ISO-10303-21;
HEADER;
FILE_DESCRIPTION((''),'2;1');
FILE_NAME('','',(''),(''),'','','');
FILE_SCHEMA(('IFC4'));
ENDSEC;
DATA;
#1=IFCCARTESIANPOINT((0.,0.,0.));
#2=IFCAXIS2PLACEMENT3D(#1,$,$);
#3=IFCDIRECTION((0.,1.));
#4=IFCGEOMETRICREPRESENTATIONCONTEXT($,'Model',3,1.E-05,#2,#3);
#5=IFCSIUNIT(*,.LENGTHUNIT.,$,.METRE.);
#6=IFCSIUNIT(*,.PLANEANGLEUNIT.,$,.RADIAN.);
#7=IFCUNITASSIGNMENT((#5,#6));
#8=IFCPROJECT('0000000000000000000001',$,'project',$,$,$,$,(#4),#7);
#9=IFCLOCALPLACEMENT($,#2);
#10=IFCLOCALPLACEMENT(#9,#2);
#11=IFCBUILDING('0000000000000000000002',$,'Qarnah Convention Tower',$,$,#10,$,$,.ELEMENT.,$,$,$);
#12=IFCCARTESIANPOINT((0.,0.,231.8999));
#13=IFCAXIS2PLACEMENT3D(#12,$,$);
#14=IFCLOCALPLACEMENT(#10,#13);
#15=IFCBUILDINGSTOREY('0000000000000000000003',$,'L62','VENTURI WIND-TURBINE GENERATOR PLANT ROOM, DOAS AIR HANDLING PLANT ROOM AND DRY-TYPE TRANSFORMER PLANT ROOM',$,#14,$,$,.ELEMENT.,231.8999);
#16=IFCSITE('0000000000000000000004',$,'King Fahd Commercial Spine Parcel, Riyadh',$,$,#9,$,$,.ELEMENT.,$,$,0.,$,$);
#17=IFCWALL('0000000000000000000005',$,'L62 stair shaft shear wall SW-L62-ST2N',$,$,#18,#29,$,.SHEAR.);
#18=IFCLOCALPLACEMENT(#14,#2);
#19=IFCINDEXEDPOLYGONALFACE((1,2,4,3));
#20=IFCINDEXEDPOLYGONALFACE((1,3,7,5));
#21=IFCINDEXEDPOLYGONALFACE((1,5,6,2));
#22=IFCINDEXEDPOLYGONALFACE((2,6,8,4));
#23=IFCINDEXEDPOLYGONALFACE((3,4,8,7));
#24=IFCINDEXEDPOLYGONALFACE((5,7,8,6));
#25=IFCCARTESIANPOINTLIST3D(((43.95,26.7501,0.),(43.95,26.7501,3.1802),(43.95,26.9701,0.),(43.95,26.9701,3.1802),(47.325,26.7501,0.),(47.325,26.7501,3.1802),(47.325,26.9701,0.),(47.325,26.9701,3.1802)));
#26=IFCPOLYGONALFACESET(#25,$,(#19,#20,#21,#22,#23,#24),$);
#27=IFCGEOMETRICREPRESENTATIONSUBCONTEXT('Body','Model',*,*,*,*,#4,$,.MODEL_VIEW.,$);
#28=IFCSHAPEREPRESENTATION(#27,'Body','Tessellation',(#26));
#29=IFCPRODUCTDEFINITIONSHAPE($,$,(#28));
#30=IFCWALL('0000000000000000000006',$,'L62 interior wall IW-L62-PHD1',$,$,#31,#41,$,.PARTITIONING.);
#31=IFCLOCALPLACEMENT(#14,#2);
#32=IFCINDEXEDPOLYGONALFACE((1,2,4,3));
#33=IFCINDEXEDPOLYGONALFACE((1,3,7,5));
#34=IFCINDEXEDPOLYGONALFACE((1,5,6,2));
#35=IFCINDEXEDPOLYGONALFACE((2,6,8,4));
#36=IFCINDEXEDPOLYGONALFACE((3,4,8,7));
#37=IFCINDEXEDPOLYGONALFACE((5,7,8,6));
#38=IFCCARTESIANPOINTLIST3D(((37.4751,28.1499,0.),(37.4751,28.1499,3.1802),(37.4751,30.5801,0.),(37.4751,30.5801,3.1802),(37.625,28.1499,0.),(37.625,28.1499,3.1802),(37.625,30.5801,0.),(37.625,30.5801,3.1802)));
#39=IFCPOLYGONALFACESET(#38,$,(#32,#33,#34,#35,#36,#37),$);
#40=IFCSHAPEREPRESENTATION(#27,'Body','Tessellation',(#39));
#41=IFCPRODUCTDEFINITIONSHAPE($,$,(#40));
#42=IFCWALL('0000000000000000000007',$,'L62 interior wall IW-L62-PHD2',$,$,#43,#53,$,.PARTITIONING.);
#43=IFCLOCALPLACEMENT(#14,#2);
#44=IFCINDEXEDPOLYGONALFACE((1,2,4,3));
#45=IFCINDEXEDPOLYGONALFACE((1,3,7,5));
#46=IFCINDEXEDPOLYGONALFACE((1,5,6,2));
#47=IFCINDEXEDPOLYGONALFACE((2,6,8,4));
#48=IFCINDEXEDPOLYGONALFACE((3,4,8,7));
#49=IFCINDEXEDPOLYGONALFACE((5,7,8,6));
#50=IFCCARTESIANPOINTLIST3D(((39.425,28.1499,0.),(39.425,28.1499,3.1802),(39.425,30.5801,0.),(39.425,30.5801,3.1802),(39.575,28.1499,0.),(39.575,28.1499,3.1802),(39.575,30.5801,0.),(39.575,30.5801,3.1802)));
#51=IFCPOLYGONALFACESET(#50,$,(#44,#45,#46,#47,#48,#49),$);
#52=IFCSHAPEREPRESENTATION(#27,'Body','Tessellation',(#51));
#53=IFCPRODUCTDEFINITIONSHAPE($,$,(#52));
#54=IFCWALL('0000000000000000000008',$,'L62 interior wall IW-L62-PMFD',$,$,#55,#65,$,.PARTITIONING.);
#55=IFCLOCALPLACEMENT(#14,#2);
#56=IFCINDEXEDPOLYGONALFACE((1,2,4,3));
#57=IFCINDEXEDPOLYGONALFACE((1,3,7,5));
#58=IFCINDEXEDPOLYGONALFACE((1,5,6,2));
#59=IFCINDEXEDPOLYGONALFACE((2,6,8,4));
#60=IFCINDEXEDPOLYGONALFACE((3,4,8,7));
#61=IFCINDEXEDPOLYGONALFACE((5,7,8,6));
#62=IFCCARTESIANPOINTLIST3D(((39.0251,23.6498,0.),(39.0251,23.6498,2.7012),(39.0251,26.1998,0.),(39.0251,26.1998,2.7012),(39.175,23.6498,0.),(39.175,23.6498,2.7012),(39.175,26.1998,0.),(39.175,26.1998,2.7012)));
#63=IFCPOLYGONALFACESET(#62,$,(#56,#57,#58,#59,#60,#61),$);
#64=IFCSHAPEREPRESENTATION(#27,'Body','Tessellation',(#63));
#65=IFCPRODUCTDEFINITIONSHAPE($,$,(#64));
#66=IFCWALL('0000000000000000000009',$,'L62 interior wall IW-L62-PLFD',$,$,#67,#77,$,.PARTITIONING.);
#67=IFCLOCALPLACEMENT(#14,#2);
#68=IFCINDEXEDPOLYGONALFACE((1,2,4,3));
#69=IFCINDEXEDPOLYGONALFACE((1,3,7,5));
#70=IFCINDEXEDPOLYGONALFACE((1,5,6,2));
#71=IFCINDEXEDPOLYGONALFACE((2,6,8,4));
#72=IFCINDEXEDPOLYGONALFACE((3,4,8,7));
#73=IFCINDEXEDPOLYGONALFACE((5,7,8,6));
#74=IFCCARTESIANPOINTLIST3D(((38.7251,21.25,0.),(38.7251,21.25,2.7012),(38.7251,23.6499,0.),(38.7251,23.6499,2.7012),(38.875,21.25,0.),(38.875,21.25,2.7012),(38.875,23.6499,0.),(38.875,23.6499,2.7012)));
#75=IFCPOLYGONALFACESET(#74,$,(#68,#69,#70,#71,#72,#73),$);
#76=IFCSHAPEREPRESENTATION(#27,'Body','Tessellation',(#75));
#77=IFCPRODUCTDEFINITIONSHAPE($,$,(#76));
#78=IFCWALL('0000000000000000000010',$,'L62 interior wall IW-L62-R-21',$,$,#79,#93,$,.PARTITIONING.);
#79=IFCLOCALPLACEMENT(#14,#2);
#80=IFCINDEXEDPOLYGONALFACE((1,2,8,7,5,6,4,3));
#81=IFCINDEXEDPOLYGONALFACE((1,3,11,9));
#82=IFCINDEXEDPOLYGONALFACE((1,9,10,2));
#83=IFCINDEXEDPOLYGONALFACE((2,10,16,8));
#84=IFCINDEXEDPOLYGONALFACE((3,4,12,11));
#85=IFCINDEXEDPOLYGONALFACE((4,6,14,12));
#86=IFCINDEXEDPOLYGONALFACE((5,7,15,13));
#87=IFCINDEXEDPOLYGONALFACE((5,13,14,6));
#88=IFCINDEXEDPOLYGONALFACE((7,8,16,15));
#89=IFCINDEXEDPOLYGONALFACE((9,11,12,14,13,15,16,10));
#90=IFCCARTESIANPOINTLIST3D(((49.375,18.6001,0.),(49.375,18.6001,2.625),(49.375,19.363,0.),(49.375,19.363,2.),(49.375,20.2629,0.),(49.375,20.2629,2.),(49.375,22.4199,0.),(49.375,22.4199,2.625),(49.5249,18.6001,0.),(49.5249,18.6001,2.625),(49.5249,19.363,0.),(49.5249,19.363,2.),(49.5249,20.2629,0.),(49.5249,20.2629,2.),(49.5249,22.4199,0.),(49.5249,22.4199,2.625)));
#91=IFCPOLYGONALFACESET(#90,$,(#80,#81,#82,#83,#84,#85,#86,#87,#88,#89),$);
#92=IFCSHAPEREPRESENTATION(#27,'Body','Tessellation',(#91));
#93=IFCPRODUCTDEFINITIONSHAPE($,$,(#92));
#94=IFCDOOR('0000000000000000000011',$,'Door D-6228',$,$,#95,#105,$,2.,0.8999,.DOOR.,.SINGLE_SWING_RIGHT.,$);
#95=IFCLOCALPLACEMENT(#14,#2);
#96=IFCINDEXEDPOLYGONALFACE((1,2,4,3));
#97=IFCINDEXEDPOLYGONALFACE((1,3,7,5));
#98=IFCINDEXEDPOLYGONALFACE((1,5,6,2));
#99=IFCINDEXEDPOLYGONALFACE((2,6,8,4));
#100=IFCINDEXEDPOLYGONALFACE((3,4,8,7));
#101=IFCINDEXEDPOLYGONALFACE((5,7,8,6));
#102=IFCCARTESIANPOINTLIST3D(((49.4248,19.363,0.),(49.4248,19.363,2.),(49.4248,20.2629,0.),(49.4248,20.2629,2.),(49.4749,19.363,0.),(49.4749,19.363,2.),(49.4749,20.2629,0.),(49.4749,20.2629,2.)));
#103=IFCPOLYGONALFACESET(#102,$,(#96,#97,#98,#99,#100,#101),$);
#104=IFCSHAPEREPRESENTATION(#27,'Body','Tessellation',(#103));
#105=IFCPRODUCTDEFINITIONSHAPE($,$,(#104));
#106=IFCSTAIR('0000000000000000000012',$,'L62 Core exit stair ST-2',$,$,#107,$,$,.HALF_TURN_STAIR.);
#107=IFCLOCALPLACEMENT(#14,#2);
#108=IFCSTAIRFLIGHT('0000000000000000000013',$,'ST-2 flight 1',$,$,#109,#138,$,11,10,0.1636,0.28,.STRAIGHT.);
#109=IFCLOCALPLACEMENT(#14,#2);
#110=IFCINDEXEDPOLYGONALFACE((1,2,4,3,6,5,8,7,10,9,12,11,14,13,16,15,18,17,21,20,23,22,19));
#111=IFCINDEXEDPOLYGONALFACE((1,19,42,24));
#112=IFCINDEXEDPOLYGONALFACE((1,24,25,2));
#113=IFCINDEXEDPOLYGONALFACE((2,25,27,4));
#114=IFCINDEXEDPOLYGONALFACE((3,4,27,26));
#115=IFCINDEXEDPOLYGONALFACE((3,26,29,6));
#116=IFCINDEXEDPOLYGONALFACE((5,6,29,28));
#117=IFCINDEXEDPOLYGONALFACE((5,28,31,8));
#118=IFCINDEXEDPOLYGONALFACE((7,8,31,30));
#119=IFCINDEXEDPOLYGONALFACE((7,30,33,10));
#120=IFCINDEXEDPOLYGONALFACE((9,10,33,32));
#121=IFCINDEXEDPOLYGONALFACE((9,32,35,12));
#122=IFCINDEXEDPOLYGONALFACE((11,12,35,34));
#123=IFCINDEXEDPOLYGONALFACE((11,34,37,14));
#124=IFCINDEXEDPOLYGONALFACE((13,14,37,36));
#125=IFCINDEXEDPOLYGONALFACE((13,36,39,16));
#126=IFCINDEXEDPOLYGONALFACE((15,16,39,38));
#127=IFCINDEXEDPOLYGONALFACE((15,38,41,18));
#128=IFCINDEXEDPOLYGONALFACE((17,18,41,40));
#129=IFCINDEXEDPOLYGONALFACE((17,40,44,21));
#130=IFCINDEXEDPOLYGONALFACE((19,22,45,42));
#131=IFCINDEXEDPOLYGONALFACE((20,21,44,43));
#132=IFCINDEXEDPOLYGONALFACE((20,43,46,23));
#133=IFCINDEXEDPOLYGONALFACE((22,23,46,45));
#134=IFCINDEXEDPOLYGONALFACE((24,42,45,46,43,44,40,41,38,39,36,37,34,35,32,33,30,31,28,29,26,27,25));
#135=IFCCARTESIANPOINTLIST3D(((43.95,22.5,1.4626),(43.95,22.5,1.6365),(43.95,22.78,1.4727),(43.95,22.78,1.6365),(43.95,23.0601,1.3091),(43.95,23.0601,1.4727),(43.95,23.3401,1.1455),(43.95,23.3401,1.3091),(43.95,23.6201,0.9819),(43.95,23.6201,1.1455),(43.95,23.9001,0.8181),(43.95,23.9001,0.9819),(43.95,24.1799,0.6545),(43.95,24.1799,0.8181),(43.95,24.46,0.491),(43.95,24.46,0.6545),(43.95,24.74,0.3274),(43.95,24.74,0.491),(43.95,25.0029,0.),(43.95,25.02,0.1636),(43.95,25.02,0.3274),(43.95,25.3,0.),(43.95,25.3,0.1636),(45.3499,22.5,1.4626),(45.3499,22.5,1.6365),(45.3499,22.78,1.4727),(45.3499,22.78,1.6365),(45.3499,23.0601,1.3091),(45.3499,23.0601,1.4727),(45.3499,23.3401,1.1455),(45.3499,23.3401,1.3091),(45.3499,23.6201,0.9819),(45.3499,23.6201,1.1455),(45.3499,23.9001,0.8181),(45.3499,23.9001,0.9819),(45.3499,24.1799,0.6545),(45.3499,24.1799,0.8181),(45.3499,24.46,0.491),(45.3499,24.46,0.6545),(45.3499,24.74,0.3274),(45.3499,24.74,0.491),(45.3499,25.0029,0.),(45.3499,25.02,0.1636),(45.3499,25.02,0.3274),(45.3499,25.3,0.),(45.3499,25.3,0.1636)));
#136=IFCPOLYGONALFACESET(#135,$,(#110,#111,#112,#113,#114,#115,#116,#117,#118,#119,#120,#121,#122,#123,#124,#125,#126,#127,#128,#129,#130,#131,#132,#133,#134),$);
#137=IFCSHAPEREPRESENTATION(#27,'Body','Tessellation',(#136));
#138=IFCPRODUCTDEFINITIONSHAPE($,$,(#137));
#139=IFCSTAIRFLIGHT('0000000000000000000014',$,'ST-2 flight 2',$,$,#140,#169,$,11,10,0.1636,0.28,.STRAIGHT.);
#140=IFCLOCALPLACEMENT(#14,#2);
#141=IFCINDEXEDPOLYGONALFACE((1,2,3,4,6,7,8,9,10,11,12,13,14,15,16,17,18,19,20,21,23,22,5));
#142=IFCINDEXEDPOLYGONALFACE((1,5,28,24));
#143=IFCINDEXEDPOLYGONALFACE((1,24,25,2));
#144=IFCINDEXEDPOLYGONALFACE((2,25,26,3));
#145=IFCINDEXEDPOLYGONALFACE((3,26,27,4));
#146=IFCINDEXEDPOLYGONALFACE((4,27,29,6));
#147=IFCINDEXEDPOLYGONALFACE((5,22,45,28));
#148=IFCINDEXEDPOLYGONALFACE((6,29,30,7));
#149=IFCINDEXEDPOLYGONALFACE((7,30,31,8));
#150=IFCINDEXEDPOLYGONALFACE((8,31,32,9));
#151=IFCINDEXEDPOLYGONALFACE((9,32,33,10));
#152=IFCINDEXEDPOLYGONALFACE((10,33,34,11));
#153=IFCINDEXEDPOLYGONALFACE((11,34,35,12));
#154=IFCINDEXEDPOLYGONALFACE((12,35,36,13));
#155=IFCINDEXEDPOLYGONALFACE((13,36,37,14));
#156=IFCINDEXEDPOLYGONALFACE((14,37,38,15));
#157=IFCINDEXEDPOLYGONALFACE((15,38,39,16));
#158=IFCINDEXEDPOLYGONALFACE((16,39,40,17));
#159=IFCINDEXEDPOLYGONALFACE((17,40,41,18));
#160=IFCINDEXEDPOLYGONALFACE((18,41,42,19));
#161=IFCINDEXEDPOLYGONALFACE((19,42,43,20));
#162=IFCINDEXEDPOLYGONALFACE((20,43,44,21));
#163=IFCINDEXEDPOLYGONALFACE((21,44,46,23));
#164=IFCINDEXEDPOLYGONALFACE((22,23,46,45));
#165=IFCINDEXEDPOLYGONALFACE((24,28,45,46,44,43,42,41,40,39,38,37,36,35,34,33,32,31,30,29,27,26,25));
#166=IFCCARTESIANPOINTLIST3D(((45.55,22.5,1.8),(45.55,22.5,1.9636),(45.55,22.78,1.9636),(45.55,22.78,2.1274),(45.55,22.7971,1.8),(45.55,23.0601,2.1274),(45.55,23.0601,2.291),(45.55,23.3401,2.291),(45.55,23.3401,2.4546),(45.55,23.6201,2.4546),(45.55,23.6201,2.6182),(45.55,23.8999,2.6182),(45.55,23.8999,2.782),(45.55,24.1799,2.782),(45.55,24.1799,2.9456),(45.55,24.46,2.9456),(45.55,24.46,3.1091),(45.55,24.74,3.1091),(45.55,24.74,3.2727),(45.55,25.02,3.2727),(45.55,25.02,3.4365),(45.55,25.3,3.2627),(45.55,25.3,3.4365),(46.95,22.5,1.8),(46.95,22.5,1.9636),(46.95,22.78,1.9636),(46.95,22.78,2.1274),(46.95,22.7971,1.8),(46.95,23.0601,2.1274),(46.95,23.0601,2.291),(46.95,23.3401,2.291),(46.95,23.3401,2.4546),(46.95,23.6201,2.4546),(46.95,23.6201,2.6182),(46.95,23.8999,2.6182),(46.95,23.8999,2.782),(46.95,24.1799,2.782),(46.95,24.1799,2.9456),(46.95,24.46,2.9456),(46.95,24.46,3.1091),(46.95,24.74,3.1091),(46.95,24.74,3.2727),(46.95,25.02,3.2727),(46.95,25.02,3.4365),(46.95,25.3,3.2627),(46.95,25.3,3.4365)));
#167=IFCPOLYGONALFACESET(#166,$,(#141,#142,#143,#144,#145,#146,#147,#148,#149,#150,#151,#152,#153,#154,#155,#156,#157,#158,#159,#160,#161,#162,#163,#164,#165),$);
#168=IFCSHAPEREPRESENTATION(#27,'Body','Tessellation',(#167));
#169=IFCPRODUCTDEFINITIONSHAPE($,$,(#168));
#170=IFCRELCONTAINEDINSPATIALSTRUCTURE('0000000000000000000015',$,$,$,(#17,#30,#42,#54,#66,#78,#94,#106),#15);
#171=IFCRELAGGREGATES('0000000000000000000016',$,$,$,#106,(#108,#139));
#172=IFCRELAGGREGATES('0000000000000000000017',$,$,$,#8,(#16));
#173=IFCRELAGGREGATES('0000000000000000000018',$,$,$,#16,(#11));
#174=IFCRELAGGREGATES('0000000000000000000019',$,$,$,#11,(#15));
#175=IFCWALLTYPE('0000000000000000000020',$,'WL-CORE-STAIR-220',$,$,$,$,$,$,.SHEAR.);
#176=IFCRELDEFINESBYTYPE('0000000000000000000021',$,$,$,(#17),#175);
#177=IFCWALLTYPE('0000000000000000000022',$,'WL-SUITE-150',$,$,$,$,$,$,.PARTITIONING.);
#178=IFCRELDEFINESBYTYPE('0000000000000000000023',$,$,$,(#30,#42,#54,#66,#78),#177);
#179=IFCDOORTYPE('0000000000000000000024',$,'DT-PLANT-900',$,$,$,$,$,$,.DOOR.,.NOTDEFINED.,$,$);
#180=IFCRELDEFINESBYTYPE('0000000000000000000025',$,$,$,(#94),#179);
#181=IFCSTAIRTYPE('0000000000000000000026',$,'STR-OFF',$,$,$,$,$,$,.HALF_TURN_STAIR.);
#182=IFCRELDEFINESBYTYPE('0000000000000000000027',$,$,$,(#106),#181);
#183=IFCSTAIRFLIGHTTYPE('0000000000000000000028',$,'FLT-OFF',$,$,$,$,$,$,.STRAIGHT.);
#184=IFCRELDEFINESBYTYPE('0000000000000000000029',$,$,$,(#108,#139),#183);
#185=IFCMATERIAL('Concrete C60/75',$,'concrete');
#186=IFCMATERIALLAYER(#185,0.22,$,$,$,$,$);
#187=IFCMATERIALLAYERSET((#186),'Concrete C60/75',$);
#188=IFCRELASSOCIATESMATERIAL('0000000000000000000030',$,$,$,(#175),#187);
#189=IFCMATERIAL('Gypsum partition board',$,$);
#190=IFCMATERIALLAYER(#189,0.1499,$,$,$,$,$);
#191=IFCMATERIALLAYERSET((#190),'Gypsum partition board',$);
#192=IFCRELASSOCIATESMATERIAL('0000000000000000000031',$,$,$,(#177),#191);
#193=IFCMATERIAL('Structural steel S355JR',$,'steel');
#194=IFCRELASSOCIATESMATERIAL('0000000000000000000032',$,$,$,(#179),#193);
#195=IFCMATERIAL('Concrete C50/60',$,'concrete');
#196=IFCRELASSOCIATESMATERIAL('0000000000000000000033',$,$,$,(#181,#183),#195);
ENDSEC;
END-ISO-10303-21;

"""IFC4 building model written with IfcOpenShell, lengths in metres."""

from ifc_helpers import new_model, si_unit, direction, frame, frame_2d, origin, place, context, subcontext, project, spatial, polyline, rectangle, outline, extrude, material, layer, layer_set, type_object, element, fill, aggregate, save


model = new_model("IFC4")

# Units and contexts
model_context = context("Model", 3, precision=1e-05, world=origin(), true_north=direction((0.0, 1.0)))
body_context = subcontext(model_context, "Body", "Model", "MODEL_VIEW")
ifc_project = project(units=[si_unit("LENGTHUNIT", "METRE"), si_unit("PLANEANGLEUNIT", "RADIAN")], contexts=[model_context])

# Site, building, storey
site_placement = place(None, origin())
site = spatial("IfcSite", under=ifc_project, at=site_placement, Name="King Fahd Commercial Spine Parcel, Riyadh", CompositionType="ELEMENT", RefElevation=0.0)
building_placement = place(site_placement, origin())
building = spatial("IfcBuilding", under=site, at=building_placement, Name="Qarnah Convention Tower", CompositionType="ELEMENT")
storey_placement = place(building_placement, frame((0.0, 0.0, 231.8999)))
storey = spatial("IfcBuildingStorey", under=building, at=storey_placement, Name="L62", Description="VENTURI WIND-TURBINE GENERATOR PLANT ROOM, DOAS AIR HANDLING PLANT ROOM AND DRY-TYPE TRANSFORMER PLANT ROOM", CompositionType="ELEMENT", Elevation=231.8999)

# Shared definitions
ifc_material_1 = material(Name="Concrete C50/60", Category="concrete")

# Shared definitions
ifc_material_2 = material(Name="Structural steel S355JR", Category="steel")

# Walls
ifc_material_3 = material(Name="Concrete C60/75", Category="concrete")
ifc_layer_1 = layer(ifc_material_3, 0.22)
ifc_layer_set_1 = layer_set([ifc_layer_1], Name="Concrete C60/75")
wall_type_1 = type_object("IfcWallType", Name="WL-CORE-STAIR-220", PredefinedType="SHEAR", material=ifc_layer_set_1)
wall_1_placement = place(storey_placement, frame((43.95, 26.8601, 0.0), z_axis=(0.0, 0.0, 1.0), x_axis=(1.0, 0.0, 0.0)))
element("IfcWall", 1, at=wall_1_placement, inside=storey, type_object=wall_type_1, Name="L62 stair shaft shear wall SW-L62-ST2N", PredefinedType="SHEAR", context=body_context, shape_type="SweptSolid", body=[
    extrude(rectangle(XDim=3.375, YDim=0.22, at=frame_2d((1.6875, 0.0))), origin(), (0.0, 0.0, 1.0), 3.1802),
])
ifc_material_4 = material(Name="Gypsum partition board")
ifc_layer_2 = layer(ifc_material_4, 0.1499)
ifc_layer_set_2 = layer_set([ifc_layer_2], Name="Gypsum partition board")
wall_type_2 = type_object("IfcWallType", Name="WL-SUITE-150", PredefinedType="PARTITIONING", material=ifc_layer_set_2)
for number, where, z_axis, x_axis, name in (
    (2, (37.55, 28.1499, 0.0), (0.0, 0.0, 1.0), (0.0, 1.0, 0.0), "L62 interior wall IW-L62-PHD1"),
    (3, (39.5, 28.1499, 0.0), (0.0, 0.0, 1.0), (0.0, 1.0, 0.0), "L62 interior wall IW-L62-PHD2"),
):
    element("IfcWall", number, at=place(storey_placement, frame(where, z_axis=z_axis, x_axis=x_axis)), inside=storey, type_object=wall_type_2, Name=name, PredefinedType="PARTITIONING", context=body_context, shape_type="SweptSolid", body=[
        extrude(rectangle(XDim=2.4302, YDim=0.1499, at=frame_2d((1.2151, 0.0))), origin(), (0.0, 0.0, 1.0), 3.1802),
    ])
wall_2_placement = place(storey_placement, frame((39.1001, 23.6499, 0.0), z_axis=(0.0, 0.0, 1.0), x_axis=(0.0, 1.0, 0.0)))
element("IfcWall", 4, at=wall_2_placement, inside=storey, type_object=wall_type_2, Name="L62 interior wall IW-L62-PMFD", PredefinedType="PARTITIONING", context=body_context, shape_type="SweptSolid", body=[
    extrude(rectangle(XDim=2.55, YDim=0.1499, at=frame_2d((1.2749, 0.0))), origin(), (0.0, 0.0, 1.0), 2.7012),
])
wall_3_placement = place(storey_placement, frame((38.8, 21.25, 0.0), z_axis=(0.0, 0.0, 1.0), x_axis=(0.0, 1.0, 0.0)))
element("IfcWall", 5, at=wall_3_placement, inside=storey, type_object=wall_type_2, Name="L62 interior wall IW-L62-PLFD", PredefinedType="PARTITIONING", context=body_context, shape_type="SweptSolid", body=[
    extrude(rectangle(XDim=2.3999, YDim=0.1499, at=frame_2d((1.2, 0.0))), origin(), (0.0, 0.0, 1.0), 2.7012),
])

# Wall, opening, door
wall_4_placement = place(storey_placement, frame((49.45, 22.4199, 0.0), z_axis=(0.0, 0.0, 1.0), x_axis=(0.0, -1.0, 0.0)))
wall_4 = element("IfcWall", 6, at=wall_4_placement, inside=storey, type_object=wall_type_2, Name="L62 interior wall IW-L62-R-21", PredefinedType="PARTITIONING", context=body_context, shape_type="SweptSolid", body=[
    extrude(rectangle(XDim=3.8198, YDim=0.1499, at=frame_2d((1.9099, 0.0))), origin(), (0.0, 0.0, 1.0), 2.625),
])
opening_placement = place(wall_4_placement, frame((2.157, 0.0, 0.0)))
opening = element("IfcOpeningElement", 7, at=opening_placement, cuts=wall_4, PredefinedType="OPENING", context=body_context, shape_type="SweptSolid", body=[
    extrude(rectangle(XDim=0.8999, YDim=2.0, at=frame_2d((0.45, 1.0))), frame((0.0, 0.085, 0.0), z_axis=(0.0, -1.0, 0.0), x_axis=(1.0, 0.0, 0.0)), (0.0, 0.0, 1.0), 0.1699),
])
door_type = type_object("IfcDoorType", Name="DT-PLANT-900", OperationType="NOTDEFINED", PredefinedType="DOOR", material=ifc_material_2)
door_placement = place(opening_placement, origin())
door = element("IfcDoor", 8, at=door_placement, inside=storey, type_object=door_type, Name="Door D-6228", OperationType="SINGLE_SWING_RIGHT", OverallHeight=2.0, OverallWidth=0.8999, PredefinedType="DOOR", context=body_context, shape_type="SweptSolid", body=[
    extrude(rectangle(XDim=0.8999, YDim=2.0, at=frame_2d((0.45, 1.0))), frame((0.0, 0.0249, 0.0), z_axis=(0.0, -1.0, 0.0), x_axis=(1.0, 0.0, 0.0)), (0.0, 0.0, 1.0), 0.05),
])
fill(opening, door)

# Stair, stair flights
stair_type = type_object("IfcStairType", Name="STR-OFF", PredefinedType="HALF_TURN_STAIR", material=ifc_material_1)
stair_placement = place(storey_placement, origin())
stair = element("IfcStair", 9, at=stair_placement, inside=storey, type_object=stair_type, Name="L62 Core exit stair ST-2", PredefinedType="HALF_TURN_STAIR")
stair_flight_type = type_object("IfcStairFlightType", Name="FLT-OFF", PredefinedType="STRAIGHT", material=ifc_material_1)
stair_flight_1_placement = place(storey_placement, frame((44.6499, 25.3, 0.0), z_axis=(0.0, 0.0, 1.0), x_axis=(0.0, -1.0, 0.0)))
stair_flight_1 = element("IfcStairFlight", 10, at=stair_flight_1_placement, type_object=stair_flight_type, Name="ST-2 flight 1", NumberOfRisers=11, NumberOfTreads=10, PredefinedType="STRAIGHT", RiserHeight=0.1636, TreadLength=0.28, context=body_context, shape_type="SweptSolid", body=[
    extrude(outline(polyline([(0.0, 0.0), (0.0, 0.1636), (0.28, 0.1636), (0.28, 0.3274), (0.5601, 0.3274), (0.5601, 0.491), (0.8401, 0.491), (0.8401, 0.6545), (1.1201, 0.6545), (1.1201, 0.8181), (1.3999, 0.8181), (1.3999, 0.9819), (1.6799, 0.9819), (1.6799, 1.1455), (1.96, 1.1455), (1.96, 1.3091), (2.24, 1.3091), (2.24, 1.4727), (2.52, 1.4727), (2.52, 1.6365), (2.8, 1.6365), (2.8, 1.8), (2.8, 1.4626), (0.2971, 0.0), (0.0, 0.0)])), frame((0.0, 0.7, 0.0), z_axis=(0.0, -1.0, 0.0), x_axis=(1.0, 0.0, 0.0)), (0.0, 0.0, 1.0), 1.3999),
])
stair_flight_2_placement = place(storey_placement, frame((46.25, 22.5, 1.8), z_axis=(0.0, 0.0, 1.0), x_axis=(0.0, 1.0, 0.0)))
stair_flight_2 = element("IfcStairFlight", 11, at=stair_flight_2_placement, type_object=stair_flight_type, Name="ST-2 flight 2", NumberOfRisers=11, NumberOfTreads=10, PredefinedType="STRAIGHT", RiserHeight=0.1636, TreadLength=0.28, context=body_context, shape_type="SweptSolid", body=[
    extrude(outline(polyline([(0.0, 0.0), (0.0, 0.1636), (0.28, 0.1636), (0.28, 0.3274), (0.5601, 0.3274), (0.5601, 0.491), (0.8401, 0.491), (0.8401, 0.6545), (1.1201, 0.6545), (1.1201, 0.8181), (1.3999, 0.8181), (1.3999, 0.9819), (1.6799, 0.9819), (1.6799, 1.1455), (1.96, 1.1455), (1.96, 1.3091), (2.24, 1.3091), (2.24, 1.4727), (2.52, 1.4727), (2.52, 1.6365), (2.8, 1.6365), (2.8, 1.8), (2.8, 1.4626), (0.2971, 0.0), (0.0, 0.0)])), frame((0.0, 0.7, 0.0), z_axis=(0.0, -1.0, 0.0), x_axis=(1.0, 0.0, 0.0)), (0.0, 0.0, 1.0), 1.3999),
])
aggregate(stair, [stair_flight_1, stair_flight_2])

save(model, "model.ifc")
